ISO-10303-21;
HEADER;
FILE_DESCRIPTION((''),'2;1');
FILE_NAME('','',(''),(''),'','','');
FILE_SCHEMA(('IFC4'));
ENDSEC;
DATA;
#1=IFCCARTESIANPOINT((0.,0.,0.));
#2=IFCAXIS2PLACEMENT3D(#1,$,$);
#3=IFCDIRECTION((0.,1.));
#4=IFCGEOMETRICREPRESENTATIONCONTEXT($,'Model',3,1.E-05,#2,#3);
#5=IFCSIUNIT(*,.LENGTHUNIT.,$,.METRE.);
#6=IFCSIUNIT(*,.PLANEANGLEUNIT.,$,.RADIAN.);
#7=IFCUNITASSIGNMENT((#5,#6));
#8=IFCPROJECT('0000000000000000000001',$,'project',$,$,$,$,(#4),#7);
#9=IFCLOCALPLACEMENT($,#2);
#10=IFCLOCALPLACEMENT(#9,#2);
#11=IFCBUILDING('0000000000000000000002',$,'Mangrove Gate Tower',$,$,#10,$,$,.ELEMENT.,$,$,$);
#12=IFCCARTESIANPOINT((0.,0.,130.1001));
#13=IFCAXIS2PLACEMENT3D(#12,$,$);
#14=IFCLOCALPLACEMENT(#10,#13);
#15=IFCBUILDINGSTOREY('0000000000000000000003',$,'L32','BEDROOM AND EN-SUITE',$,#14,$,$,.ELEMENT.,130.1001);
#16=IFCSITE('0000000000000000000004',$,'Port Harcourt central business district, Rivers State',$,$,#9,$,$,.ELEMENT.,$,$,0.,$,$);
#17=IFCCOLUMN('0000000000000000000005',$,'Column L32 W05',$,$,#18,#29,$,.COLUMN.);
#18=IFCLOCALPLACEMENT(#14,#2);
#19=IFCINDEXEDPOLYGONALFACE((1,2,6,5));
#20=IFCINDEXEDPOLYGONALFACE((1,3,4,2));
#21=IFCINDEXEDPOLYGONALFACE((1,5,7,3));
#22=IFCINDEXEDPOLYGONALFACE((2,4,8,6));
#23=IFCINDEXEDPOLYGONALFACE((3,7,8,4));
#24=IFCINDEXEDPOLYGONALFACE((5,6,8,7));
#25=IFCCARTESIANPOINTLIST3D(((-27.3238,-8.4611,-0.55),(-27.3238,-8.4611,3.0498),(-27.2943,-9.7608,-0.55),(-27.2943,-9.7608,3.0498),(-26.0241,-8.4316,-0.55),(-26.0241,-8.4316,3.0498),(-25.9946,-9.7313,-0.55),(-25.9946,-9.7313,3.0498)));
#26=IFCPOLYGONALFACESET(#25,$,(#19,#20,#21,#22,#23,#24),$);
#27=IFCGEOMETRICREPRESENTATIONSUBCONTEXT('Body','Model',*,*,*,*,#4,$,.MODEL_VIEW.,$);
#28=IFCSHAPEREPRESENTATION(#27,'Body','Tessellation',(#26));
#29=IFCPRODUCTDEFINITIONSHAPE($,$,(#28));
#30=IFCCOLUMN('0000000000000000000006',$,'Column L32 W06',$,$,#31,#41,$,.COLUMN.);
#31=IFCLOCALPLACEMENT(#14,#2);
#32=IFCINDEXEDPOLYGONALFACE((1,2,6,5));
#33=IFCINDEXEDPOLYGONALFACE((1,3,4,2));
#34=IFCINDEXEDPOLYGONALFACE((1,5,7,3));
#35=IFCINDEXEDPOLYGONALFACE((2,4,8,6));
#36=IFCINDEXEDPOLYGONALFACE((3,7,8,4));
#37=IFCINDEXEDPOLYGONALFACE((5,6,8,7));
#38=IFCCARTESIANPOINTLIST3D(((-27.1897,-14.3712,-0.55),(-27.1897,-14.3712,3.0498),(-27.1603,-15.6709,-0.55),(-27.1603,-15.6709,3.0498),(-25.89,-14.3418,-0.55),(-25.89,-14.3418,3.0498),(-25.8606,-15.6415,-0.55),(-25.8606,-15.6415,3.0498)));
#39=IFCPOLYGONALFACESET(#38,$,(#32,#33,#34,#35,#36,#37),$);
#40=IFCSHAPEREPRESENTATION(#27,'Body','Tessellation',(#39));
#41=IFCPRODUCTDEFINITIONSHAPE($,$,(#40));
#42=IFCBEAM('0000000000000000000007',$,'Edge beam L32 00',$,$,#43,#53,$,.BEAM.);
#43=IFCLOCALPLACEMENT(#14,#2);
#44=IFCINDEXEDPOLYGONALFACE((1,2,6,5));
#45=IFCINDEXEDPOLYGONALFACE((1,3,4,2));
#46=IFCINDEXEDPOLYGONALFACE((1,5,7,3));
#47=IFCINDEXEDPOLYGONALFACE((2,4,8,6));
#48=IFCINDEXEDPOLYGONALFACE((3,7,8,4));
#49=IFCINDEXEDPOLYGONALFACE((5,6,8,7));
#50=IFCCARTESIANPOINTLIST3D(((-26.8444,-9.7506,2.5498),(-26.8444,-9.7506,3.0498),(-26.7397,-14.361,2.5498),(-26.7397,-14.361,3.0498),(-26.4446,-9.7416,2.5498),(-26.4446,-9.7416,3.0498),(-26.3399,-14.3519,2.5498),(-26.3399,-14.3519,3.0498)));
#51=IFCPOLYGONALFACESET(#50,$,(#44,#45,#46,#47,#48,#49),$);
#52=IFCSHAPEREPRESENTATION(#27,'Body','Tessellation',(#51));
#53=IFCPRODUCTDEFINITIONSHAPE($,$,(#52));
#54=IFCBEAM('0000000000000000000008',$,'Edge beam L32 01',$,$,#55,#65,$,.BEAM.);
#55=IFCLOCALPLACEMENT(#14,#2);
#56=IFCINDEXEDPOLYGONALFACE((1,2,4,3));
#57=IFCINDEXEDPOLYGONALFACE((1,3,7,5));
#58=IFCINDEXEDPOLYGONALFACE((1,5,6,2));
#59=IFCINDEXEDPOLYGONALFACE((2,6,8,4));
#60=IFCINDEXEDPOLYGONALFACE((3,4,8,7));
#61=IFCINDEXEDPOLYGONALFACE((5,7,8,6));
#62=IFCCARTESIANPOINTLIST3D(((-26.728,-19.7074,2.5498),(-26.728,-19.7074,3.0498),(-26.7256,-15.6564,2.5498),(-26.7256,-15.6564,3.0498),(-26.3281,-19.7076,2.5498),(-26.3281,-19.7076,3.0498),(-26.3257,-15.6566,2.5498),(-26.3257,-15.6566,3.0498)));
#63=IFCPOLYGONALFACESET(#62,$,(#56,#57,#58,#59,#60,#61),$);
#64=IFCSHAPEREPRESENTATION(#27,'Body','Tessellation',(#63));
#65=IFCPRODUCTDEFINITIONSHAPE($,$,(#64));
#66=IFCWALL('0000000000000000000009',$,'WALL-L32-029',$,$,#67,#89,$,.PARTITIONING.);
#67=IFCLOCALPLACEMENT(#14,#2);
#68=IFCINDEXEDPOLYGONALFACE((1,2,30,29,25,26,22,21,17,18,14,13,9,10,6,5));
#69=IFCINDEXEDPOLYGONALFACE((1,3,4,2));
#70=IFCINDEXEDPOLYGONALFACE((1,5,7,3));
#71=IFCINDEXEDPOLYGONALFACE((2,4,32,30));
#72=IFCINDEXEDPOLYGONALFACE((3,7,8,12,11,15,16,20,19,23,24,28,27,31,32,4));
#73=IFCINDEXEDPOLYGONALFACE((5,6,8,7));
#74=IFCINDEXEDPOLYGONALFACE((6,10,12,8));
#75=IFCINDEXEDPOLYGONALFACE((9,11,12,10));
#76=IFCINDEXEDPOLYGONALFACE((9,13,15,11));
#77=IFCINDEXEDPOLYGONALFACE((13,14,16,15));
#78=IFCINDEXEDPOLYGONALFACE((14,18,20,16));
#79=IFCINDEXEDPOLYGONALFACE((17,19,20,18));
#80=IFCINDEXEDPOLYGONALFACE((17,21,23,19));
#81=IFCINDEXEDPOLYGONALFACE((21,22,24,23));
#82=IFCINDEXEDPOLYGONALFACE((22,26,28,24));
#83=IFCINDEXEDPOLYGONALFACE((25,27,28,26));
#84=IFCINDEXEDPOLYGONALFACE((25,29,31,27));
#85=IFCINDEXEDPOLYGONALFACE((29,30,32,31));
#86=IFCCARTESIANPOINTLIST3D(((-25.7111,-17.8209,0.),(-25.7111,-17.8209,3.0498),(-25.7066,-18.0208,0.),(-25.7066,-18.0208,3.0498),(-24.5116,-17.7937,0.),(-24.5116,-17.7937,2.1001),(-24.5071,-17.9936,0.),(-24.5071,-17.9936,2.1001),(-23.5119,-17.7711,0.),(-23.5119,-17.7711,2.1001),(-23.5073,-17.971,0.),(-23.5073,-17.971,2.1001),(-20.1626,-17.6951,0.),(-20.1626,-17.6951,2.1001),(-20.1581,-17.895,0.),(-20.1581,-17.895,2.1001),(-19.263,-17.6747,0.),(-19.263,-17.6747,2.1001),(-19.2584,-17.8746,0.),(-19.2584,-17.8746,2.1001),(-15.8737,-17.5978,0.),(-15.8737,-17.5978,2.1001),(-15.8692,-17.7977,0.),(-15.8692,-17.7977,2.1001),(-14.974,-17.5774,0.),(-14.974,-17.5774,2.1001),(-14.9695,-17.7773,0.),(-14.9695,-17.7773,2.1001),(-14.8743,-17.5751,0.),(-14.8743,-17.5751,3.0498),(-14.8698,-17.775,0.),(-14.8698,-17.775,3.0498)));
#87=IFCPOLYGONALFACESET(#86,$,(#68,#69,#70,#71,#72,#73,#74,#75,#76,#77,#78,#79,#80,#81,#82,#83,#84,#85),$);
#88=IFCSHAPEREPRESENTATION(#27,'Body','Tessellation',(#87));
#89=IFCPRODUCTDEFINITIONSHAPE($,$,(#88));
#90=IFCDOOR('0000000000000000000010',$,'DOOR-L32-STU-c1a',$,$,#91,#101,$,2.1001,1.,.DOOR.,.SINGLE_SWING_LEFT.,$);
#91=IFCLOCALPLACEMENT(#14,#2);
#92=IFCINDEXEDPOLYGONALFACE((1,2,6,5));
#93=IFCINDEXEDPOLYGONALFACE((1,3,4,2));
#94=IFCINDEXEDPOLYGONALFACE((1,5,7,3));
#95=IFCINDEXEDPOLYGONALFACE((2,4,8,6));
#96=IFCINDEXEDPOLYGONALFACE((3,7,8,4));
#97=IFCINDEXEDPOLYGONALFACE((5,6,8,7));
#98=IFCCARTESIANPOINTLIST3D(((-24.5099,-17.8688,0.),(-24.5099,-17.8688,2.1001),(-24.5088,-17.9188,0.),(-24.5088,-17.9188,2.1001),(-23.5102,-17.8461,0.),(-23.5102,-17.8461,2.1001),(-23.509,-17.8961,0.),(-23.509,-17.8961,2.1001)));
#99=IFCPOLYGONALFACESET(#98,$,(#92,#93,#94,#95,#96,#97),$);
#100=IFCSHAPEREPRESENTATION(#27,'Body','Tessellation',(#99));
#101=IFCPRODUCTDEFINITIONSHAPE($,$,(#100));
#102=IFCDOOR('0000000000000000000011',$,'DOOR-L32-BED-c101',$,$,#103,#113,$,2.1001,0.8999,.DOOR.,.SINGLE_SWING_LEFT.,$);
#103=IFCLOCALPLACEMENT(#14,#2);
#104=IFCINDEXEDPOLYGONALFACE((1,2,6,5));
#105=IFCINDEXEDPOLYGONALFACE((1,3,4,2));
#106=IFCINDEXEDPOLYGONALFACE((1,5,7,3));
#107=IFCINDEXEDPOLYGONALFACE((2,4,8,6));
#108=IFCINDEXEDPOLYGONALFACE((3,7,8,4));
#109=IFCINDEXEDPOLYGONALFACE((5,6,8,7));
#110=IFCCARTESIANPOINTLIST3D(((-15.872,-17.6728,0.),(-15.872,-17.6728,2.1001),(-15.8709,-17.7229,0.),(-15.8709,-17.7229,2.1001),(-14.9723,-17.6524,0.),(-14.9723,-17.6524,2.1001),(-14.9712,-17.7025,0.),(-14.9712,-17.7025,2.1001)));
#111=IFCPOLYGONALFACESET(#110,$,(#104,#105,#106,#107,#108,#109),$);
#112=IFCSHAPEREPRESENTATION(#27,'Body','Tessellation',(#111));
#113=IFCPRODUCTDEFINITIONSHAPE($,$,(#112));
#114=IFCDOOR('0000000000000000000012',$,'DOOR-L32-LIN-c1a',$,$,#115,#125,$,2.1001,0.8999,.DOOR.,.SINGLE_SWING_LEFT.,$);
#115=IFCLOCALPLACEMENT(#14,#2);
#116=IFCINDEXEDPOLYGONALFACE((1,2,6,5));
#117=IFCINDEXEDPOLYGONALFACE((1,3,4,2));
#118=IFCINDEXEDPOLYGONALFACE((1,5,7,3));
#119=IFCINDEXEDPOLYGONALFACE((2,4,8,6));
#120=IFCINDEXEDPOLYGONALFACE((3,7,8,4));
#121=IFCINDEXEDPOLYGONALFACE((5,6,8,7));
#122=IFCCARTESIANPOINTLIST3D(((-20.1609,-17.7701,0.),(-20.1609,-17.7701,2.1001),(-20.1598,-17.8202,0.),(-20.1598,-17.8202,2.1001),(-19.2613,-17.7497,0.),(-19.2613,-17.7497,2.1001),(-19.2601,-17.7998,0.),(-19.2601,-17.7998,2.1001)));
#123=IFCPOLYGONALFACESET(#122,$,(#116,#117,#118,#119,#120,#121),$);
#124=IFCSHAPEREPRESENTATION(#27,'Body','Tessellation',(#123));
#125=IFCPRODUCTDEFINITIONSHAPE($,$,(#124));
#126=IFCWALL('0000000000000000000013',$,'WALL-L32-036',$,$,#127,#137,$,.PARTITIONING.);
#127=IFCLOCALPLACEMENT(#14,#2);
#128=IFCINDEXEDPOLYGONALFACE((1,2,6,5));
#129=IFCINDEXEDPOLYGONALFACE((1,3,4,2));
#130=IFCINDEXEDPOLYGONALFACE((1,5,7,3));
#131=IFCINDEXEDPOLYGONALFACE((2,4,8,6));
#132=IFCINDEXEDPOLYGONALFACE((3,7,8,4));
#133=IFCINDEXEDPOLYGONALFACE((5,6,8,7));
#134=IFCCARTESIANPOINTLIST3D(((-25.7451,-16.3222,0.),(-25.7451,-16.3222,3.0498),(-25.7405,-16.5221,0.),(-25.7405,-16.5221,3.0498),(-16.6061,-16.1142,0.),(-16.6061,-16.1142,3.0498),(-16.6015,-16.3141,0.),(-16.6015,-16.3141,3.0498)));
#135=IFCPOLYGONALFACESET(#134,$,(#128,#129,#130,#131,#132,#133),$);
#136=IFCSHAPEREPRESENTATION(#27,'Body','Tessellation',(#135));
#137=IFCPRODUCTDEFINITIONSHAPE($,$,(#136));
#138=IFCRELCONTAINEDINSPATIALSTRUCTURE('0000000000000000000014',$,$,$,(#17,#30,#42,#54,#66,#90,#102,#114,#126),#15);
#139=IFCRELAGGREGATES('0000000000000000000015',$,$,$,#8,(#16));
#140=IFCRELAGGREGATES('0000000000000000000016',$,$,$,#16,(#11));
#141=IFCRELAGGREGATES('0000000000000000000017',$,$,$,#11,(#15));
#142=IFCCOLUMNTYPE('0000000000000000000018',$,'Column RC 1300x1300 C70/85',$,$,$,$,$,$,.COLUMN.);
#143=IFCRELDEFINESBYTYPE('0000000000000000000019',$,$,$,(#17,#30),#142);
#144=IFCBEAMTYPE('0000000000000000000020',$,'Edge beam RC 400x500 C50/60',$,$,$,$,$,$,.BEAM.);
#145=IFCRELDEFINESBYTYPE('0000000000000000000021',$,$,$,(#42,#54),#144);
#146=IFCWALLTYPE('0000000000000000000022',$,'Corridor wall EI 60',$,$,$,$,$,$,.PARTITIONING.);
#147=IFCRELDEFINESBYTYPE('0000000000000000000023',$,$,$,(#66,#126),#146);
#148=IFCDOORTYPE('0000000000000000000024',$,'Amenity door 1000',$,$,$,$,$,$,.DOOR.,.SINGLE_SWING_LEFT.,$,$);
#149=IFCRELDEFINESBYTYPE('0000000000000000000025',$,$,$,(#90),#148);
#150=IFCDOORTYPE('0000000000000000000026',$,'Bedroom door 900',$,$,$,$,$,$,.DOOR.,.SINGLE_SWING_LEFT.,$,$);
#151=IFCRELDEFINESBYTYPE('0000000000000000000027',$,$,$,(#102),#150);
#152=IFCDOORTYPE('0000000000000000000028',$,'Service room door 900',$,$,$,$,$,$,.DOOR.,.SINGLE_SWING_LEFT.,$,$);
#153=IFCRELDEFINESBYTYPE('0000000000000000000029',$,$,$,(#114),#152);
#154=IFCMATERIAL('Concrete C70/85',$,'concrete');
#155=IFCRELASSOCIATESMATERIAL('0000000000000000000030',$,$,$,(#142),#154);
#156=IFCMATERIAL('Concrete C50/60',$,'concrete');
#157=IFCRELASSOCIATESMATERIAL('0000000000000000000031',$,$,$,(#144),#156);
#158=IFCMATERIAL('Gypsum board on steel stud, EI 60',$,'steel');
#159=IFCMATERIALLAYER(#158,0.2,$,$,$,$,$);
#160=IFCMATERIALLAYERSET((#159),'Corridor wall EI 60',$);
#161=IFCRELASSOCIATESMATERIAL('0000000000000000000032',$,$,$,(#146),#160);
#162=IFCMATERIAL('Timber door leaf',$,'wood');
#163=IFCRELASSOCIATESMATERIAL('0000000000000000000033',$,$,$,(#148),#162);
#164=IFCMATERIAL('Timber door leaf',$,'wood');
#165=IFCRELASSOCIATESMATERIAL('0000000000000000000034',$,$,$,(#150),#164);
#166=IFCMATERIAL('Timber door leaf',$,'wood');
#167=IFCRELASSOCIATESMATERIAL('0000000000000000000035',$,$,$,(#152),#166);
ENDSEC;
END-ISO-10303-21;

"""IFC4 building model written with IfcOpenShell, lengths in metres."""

from ifc_helpers import new_model, si_unit, direction, frame, frame_2d, origin, origin_2d, place, context, subcontext, project, spatial, rectangle, extrude, material, layer, layer_set, material_profile, profile_set, type_object, element, fill, save


model = new_model("IFC4")

# Units and contexts
model_context = context("Model", 3, precision=1e-05, world=origin(), true_north=direction((0.0, 1.0)))
body_context = subcontext(model_context, "Body", "Model", "MODEL_VIEW")
ifc_project = project(units=[si_unit("LENGTHUNIT", "METRE"), si_unit("PLANEANGLEUNIT", "RADIAN")], contexts=[model_context])

# Site, building, storey
site_placement = place(None, origin())
site = spatial("IfcSite", under=ifc_project, at=site_placement, Name="Port Harcourt central business district, Rivers State", CompositionType="ELEMENT", RefElevation=0.0)
building_placement = place(site_placement, origin())
building = spatial("IfcBuilding", under=site, at=building_placement, Name="Mangrove Gate Tower", CompositionType="ELEMENT")
storey_placement = place(building_placement, frame((0.0, 0.0, 130.1001)))
storey = spatial("IfcBuildingStorey", under=building, at=storey_placement, Name="L32", Description="BEDROOM AND EN-SUITE", CompositionType="ELEMENT", Elevation=130.1001)

# Columns
ifc_material_1 = material(Name="Concrete C70/85", Category="concrete")
ifc_material_profile_1 = material_profile(ifc_material_1, rectangle(XDim=1.3, YDim=1.3, at=origin_2d()))
ifc_profile_set_1 = profile_set([ifc_material_profile_1], Name="Concrete C70/85")
column_type = type_object("IfcColumnType", Name="Column RC 1300x1300 C70/85", PredefinedType="COLUMN", material=ifc_profile_set_1)
for number, where, z_axis, x_axis, name in (
    (1, (-26.6592, -9.0962, -0.55), (0.0, 0.0, 1.0), (0.022682, -0.999743, 0.0), "Column L32 W05"),
    (2, (-26.5251, -15.0063, -0.55), (0.0, 0.0, 1.0), (0.022666, -0.999743, 0.0), "Column L32 W06"),
):
    element("IfcColumn", number, at=place(storey_placement, frame(where, z_axis=z_axis, x_axis=x_axis)), inside=storey, type_object=column_type, Name=name, PredefinedType="COLUMN", context=body_context, shape_type="SweptSolid", body=[
        extrude(rectangle(XDim=1.3, YDim=1.3, at=origin_2d()), origin(), (0.0, 0.0, 1.0), 3.5999),
    ])

# Beams
ifc_material_2 = material(Name="Concrete C50/60", Category="concrete")
ifc_material_profile_2 = material_profile(ifc_material_2, rectangle(XDim=0.3999, YDim=0.5, at=origin_2d()))
ifc_profile_set_2 = profile_set([ifc_material_profile_2], Name="Concrete C50/60")
beam_type = type_object("IfcBeamType", Name="Edge beam RC 400x500 C50/60", PredefinedType="BEAM", material=ifc_profile_set_2)
beam_1_placement = place(storey_placement, frame((-26.6445, -9.7461, 2.7998), z_axis=(0.022712, -0.999742, 0.0), x_axis=(0.999742, 0.022712, 0.0)))
element("IfcBeam", 3, at=beam_1_placement, inside=storey, type_object=beam_type, Name="Edge beam L32 00", PredefinedType="BEAM", context=body_context, shape_type="SweptSolid", body=[
    extrude(rectangle(XDim=0.3999, YDim=0.5, at=origin_2d()), origin(), (0.0, 0.0, 1.0), 4.6116),
])
beam_2_placement = place(storey_placement, frame((-26.5256, -15.6565, 2.7998), z_axis=(-0.000603, -1.0, 0.0), x_axis=(1.0, -0.000603, 0.0)))
element("IfcBeam", 4, at=beam_2_placement, inside=storey, type_object=beam_type, Name="Edge beam L32 01", PredefinedType="BEAM", context=body_context, shape_type="SweptSolid", body=[
    extrude(rectangle(XDim=0.3999, YDim=0.5, at=origin_2d()), origin(), (0.0, 0.0, 1.0), 4.051),
])

# Wall, openings, doors
ifc_material_3 = material(Name="Gypsum board on steel stud, EI 60", Category="steel")
ifc_layer_1 = layer(ifc_material_3, 0.2)
ifc_layer_set_1 = layer_set([ifc_layer_1], Name="Corridor wall EI 60")
wall_type_1 = type_object("IfcWallType", Name="Corridor wall EI 60", PredefinedType="PARTITIONING", material=ifc_layer_set_1)
wall_1_placement = place(storey_placement, frame((-25.709, -17.9209, 0.0), z_axis=(0.0, 0.0, 1.0), x_axis=(0.999743, 0.02268, 0.0)))
wall_1 = element("IfcWall", 5, at=wall_1_placement, inside=storey, type_object=wall_type_1, Name="WALL-L32-029", PredefinedType="PARTITIONING", context=body_context, shape_type="SweptSolid", body=[
    extrude(rectangle(XDim=10.8396, YDim=0.2, at=frame_2d((5.4199, 0.0))), origin(), (0.0, 0.0, 1.0), 3.0498),
])
opening_1_placement = place(wall_1_placement, frame((1.2, 0.0, 0.0)))
opening_1 = element("IfcOpeningElement", 6, at=opening_1_placement, cuts=wall_1, PredefinedType="OPENING", context=body_context, shape_type="SweptSolid", body=[
    extrude(rectangle(XDim=1.0, YDim=2.1001, at=frame_2d((0.5, 1.05))), frame((0.0, 0.1099, 0.0), z_axis=(0.0, -1.0, 0.0), x_axis=(1.0, 0.0, 0.0)), (0.0, 0.0, 1.0), 0.22),
])
opening_2_placement = place(wall_1_placement, frame((5.55, 0.0, 0.0)))
opening_2 = element("IfcOpeningElement", 7, at=opening_2_placement, cuts=wall_1, PredefinedType="OPENING", context=body_context, shape_type="SweptSolid", body=[
    extrude(rectangle(XDim=0.8999, YDim=2.1001, at=frame_2d((0.45, 1.05))), frame((0.0, 0.1099, 0.0), z_axis=(0.0, -1.0, 0.0), x_axis=(1.0, 0.0, 0.0)), (0.0, 0.0, 1.0), 0.22),
])
opening_3_placement = place(wall_1_placement, frame((9.8401, 0.0, 0.0)))
opening_3 = element("IfcOpeningElement", 8, at=opening_3_placement, cuts=wall_1, PredefinedType="OPENING", context=body_context, shape_type="SweptSolid", body=[
    extrude(rectangle(XDim=0.8999, YDim=2.1001, at=frame_2d((0.45, 1.05))), frame((0.0, 0.1099, 0.0), z_axis=(0.0, -1.0, 0.0), x_axis=(1.0, 0.0, 0.0)), (0.0, 0.0, 1.0), 0.22),
])
ifc_material_4 = material(Name="Timber door leaf", Category="wood")
door_type_1 = type_object("IfcDoorType", Name="Amenity door 1000", OperationType="SINGLE_SWING_LEFT", PredefinedType="DOOR", material=ifc_material_4)
door_1_placement = place(opening_1_placement, origin())
door_1 = element("IfcDoor", 9, at=door_1_placement, inside=storey, type_object=door_type_1, Name="DOOR-L32-STU-c1a", OperationType="SINGLE_SWING_LEFT", OverallHeight=2.1001, OverallWidth=1.0, PredefinedType="DOOR", context=body_context, shape_type="SweptSolid", body=[
    extrude(rectangle(XDim=1.0, YDim=2.1001, at=frame_2d((0.5, 1.05))), frame((0.0, 0.0249, 0.0), z_axis=(0.0, -1.0, 0.0), x_axis=(1.0, 0.0, 0.0)), (0.0, 0.0, 1.0), 0.05),
])
fill(opening_1, door_1)
ifc_material_5 = material(Name="Timber door leaf", Category="wood")
door_type_2 = type_object("IfcDoorType", Name="Bedroom door 900", OperationType="SINGLE_SWING_LEFT", PredefinedType="DOOR", material=ifc_material_5)
door_2_placement = place(opening_3_placement, origin())
door_2 = element("IfcDoor", 10, at=door_2_placement, inside=storey, type_object=door_type_2, Name="DOOR-L32-BED-c101", OperationType="SINGLE_SWING_LEFT", OverallHeight=2.1001, OverallWidth=0.8999, PredefinedType="DOOR", context=body_context, shape_type="SweptSolid", body=[
    extrude(rectangle(XDim=0.8999, YDim=2.1001, at=frame_2d((0.45, 1.05))), frame((0.0, 0.0249, 0.0), z_axis=(0.0, -1.0, 0.0), x_axis=(1.0, 0.0, 0.0)), (0.0, 0.0, 1.0), 0.05),
])
fill(opening_3, door_2)
ifc_material_6 = material(Name="Timber door leaf", Category="wood")
door_type_3 = type_object("IfcDoorType", Name="Service room door 900", OperationType="SINGLE_SWING_LEFT", PredefinedType="DOOR", material=ifc_material_6)
door_3_placement = place(opening_2_placement, origin())
door_3 = element("IfcDoor", 11, at=door_3_placement, inside=storey, type_object=door_type_3, Name="DOOR-L32-LIN-c1a", OperationType="SINGLE_SWING_LEFT", OverallHeight=2.1001, OverallWidth=0.8999, PredefinedType="DOOR", context=body_context, shape_type="SweptSolid", body=[
    extrude(rectangle(XDim=0.8999, YDim=2.1001, at=frame_2d((0.45, 1.05))), frame((0.0, 0.0249, 0.0), z_axis=(0.0, -1.0, 0.0), x_axis=(1.0, 0.0, 0.0)), (0.0, 0.0, 1.0), 0.05),
])
fill(opening_2, door_3)

# Wall
wall_2_placement = place(storey_placement, frame((-25.7429, -16.4221, 0.0), z_axis=(0.0, 0.0, 1.0), x_axis=(0.999741, 0.022755, 0.0)))
element("IfcWall", 12, at=wall_2_placement, inside=storey, type_object=wall_type_1, Name="WALL-L32-036", PredefinedType="PARTITIONING", context=body_context, shape_type="SweptSolid", body=[
    extrude(rectangle(XDim=9.1414, YDim=0.2, at=frame_2d((4.5708, 0.0))), origin(), (0.0, 0.0, 1.0), 3.0498),
])

save(model, "model.ifc")
